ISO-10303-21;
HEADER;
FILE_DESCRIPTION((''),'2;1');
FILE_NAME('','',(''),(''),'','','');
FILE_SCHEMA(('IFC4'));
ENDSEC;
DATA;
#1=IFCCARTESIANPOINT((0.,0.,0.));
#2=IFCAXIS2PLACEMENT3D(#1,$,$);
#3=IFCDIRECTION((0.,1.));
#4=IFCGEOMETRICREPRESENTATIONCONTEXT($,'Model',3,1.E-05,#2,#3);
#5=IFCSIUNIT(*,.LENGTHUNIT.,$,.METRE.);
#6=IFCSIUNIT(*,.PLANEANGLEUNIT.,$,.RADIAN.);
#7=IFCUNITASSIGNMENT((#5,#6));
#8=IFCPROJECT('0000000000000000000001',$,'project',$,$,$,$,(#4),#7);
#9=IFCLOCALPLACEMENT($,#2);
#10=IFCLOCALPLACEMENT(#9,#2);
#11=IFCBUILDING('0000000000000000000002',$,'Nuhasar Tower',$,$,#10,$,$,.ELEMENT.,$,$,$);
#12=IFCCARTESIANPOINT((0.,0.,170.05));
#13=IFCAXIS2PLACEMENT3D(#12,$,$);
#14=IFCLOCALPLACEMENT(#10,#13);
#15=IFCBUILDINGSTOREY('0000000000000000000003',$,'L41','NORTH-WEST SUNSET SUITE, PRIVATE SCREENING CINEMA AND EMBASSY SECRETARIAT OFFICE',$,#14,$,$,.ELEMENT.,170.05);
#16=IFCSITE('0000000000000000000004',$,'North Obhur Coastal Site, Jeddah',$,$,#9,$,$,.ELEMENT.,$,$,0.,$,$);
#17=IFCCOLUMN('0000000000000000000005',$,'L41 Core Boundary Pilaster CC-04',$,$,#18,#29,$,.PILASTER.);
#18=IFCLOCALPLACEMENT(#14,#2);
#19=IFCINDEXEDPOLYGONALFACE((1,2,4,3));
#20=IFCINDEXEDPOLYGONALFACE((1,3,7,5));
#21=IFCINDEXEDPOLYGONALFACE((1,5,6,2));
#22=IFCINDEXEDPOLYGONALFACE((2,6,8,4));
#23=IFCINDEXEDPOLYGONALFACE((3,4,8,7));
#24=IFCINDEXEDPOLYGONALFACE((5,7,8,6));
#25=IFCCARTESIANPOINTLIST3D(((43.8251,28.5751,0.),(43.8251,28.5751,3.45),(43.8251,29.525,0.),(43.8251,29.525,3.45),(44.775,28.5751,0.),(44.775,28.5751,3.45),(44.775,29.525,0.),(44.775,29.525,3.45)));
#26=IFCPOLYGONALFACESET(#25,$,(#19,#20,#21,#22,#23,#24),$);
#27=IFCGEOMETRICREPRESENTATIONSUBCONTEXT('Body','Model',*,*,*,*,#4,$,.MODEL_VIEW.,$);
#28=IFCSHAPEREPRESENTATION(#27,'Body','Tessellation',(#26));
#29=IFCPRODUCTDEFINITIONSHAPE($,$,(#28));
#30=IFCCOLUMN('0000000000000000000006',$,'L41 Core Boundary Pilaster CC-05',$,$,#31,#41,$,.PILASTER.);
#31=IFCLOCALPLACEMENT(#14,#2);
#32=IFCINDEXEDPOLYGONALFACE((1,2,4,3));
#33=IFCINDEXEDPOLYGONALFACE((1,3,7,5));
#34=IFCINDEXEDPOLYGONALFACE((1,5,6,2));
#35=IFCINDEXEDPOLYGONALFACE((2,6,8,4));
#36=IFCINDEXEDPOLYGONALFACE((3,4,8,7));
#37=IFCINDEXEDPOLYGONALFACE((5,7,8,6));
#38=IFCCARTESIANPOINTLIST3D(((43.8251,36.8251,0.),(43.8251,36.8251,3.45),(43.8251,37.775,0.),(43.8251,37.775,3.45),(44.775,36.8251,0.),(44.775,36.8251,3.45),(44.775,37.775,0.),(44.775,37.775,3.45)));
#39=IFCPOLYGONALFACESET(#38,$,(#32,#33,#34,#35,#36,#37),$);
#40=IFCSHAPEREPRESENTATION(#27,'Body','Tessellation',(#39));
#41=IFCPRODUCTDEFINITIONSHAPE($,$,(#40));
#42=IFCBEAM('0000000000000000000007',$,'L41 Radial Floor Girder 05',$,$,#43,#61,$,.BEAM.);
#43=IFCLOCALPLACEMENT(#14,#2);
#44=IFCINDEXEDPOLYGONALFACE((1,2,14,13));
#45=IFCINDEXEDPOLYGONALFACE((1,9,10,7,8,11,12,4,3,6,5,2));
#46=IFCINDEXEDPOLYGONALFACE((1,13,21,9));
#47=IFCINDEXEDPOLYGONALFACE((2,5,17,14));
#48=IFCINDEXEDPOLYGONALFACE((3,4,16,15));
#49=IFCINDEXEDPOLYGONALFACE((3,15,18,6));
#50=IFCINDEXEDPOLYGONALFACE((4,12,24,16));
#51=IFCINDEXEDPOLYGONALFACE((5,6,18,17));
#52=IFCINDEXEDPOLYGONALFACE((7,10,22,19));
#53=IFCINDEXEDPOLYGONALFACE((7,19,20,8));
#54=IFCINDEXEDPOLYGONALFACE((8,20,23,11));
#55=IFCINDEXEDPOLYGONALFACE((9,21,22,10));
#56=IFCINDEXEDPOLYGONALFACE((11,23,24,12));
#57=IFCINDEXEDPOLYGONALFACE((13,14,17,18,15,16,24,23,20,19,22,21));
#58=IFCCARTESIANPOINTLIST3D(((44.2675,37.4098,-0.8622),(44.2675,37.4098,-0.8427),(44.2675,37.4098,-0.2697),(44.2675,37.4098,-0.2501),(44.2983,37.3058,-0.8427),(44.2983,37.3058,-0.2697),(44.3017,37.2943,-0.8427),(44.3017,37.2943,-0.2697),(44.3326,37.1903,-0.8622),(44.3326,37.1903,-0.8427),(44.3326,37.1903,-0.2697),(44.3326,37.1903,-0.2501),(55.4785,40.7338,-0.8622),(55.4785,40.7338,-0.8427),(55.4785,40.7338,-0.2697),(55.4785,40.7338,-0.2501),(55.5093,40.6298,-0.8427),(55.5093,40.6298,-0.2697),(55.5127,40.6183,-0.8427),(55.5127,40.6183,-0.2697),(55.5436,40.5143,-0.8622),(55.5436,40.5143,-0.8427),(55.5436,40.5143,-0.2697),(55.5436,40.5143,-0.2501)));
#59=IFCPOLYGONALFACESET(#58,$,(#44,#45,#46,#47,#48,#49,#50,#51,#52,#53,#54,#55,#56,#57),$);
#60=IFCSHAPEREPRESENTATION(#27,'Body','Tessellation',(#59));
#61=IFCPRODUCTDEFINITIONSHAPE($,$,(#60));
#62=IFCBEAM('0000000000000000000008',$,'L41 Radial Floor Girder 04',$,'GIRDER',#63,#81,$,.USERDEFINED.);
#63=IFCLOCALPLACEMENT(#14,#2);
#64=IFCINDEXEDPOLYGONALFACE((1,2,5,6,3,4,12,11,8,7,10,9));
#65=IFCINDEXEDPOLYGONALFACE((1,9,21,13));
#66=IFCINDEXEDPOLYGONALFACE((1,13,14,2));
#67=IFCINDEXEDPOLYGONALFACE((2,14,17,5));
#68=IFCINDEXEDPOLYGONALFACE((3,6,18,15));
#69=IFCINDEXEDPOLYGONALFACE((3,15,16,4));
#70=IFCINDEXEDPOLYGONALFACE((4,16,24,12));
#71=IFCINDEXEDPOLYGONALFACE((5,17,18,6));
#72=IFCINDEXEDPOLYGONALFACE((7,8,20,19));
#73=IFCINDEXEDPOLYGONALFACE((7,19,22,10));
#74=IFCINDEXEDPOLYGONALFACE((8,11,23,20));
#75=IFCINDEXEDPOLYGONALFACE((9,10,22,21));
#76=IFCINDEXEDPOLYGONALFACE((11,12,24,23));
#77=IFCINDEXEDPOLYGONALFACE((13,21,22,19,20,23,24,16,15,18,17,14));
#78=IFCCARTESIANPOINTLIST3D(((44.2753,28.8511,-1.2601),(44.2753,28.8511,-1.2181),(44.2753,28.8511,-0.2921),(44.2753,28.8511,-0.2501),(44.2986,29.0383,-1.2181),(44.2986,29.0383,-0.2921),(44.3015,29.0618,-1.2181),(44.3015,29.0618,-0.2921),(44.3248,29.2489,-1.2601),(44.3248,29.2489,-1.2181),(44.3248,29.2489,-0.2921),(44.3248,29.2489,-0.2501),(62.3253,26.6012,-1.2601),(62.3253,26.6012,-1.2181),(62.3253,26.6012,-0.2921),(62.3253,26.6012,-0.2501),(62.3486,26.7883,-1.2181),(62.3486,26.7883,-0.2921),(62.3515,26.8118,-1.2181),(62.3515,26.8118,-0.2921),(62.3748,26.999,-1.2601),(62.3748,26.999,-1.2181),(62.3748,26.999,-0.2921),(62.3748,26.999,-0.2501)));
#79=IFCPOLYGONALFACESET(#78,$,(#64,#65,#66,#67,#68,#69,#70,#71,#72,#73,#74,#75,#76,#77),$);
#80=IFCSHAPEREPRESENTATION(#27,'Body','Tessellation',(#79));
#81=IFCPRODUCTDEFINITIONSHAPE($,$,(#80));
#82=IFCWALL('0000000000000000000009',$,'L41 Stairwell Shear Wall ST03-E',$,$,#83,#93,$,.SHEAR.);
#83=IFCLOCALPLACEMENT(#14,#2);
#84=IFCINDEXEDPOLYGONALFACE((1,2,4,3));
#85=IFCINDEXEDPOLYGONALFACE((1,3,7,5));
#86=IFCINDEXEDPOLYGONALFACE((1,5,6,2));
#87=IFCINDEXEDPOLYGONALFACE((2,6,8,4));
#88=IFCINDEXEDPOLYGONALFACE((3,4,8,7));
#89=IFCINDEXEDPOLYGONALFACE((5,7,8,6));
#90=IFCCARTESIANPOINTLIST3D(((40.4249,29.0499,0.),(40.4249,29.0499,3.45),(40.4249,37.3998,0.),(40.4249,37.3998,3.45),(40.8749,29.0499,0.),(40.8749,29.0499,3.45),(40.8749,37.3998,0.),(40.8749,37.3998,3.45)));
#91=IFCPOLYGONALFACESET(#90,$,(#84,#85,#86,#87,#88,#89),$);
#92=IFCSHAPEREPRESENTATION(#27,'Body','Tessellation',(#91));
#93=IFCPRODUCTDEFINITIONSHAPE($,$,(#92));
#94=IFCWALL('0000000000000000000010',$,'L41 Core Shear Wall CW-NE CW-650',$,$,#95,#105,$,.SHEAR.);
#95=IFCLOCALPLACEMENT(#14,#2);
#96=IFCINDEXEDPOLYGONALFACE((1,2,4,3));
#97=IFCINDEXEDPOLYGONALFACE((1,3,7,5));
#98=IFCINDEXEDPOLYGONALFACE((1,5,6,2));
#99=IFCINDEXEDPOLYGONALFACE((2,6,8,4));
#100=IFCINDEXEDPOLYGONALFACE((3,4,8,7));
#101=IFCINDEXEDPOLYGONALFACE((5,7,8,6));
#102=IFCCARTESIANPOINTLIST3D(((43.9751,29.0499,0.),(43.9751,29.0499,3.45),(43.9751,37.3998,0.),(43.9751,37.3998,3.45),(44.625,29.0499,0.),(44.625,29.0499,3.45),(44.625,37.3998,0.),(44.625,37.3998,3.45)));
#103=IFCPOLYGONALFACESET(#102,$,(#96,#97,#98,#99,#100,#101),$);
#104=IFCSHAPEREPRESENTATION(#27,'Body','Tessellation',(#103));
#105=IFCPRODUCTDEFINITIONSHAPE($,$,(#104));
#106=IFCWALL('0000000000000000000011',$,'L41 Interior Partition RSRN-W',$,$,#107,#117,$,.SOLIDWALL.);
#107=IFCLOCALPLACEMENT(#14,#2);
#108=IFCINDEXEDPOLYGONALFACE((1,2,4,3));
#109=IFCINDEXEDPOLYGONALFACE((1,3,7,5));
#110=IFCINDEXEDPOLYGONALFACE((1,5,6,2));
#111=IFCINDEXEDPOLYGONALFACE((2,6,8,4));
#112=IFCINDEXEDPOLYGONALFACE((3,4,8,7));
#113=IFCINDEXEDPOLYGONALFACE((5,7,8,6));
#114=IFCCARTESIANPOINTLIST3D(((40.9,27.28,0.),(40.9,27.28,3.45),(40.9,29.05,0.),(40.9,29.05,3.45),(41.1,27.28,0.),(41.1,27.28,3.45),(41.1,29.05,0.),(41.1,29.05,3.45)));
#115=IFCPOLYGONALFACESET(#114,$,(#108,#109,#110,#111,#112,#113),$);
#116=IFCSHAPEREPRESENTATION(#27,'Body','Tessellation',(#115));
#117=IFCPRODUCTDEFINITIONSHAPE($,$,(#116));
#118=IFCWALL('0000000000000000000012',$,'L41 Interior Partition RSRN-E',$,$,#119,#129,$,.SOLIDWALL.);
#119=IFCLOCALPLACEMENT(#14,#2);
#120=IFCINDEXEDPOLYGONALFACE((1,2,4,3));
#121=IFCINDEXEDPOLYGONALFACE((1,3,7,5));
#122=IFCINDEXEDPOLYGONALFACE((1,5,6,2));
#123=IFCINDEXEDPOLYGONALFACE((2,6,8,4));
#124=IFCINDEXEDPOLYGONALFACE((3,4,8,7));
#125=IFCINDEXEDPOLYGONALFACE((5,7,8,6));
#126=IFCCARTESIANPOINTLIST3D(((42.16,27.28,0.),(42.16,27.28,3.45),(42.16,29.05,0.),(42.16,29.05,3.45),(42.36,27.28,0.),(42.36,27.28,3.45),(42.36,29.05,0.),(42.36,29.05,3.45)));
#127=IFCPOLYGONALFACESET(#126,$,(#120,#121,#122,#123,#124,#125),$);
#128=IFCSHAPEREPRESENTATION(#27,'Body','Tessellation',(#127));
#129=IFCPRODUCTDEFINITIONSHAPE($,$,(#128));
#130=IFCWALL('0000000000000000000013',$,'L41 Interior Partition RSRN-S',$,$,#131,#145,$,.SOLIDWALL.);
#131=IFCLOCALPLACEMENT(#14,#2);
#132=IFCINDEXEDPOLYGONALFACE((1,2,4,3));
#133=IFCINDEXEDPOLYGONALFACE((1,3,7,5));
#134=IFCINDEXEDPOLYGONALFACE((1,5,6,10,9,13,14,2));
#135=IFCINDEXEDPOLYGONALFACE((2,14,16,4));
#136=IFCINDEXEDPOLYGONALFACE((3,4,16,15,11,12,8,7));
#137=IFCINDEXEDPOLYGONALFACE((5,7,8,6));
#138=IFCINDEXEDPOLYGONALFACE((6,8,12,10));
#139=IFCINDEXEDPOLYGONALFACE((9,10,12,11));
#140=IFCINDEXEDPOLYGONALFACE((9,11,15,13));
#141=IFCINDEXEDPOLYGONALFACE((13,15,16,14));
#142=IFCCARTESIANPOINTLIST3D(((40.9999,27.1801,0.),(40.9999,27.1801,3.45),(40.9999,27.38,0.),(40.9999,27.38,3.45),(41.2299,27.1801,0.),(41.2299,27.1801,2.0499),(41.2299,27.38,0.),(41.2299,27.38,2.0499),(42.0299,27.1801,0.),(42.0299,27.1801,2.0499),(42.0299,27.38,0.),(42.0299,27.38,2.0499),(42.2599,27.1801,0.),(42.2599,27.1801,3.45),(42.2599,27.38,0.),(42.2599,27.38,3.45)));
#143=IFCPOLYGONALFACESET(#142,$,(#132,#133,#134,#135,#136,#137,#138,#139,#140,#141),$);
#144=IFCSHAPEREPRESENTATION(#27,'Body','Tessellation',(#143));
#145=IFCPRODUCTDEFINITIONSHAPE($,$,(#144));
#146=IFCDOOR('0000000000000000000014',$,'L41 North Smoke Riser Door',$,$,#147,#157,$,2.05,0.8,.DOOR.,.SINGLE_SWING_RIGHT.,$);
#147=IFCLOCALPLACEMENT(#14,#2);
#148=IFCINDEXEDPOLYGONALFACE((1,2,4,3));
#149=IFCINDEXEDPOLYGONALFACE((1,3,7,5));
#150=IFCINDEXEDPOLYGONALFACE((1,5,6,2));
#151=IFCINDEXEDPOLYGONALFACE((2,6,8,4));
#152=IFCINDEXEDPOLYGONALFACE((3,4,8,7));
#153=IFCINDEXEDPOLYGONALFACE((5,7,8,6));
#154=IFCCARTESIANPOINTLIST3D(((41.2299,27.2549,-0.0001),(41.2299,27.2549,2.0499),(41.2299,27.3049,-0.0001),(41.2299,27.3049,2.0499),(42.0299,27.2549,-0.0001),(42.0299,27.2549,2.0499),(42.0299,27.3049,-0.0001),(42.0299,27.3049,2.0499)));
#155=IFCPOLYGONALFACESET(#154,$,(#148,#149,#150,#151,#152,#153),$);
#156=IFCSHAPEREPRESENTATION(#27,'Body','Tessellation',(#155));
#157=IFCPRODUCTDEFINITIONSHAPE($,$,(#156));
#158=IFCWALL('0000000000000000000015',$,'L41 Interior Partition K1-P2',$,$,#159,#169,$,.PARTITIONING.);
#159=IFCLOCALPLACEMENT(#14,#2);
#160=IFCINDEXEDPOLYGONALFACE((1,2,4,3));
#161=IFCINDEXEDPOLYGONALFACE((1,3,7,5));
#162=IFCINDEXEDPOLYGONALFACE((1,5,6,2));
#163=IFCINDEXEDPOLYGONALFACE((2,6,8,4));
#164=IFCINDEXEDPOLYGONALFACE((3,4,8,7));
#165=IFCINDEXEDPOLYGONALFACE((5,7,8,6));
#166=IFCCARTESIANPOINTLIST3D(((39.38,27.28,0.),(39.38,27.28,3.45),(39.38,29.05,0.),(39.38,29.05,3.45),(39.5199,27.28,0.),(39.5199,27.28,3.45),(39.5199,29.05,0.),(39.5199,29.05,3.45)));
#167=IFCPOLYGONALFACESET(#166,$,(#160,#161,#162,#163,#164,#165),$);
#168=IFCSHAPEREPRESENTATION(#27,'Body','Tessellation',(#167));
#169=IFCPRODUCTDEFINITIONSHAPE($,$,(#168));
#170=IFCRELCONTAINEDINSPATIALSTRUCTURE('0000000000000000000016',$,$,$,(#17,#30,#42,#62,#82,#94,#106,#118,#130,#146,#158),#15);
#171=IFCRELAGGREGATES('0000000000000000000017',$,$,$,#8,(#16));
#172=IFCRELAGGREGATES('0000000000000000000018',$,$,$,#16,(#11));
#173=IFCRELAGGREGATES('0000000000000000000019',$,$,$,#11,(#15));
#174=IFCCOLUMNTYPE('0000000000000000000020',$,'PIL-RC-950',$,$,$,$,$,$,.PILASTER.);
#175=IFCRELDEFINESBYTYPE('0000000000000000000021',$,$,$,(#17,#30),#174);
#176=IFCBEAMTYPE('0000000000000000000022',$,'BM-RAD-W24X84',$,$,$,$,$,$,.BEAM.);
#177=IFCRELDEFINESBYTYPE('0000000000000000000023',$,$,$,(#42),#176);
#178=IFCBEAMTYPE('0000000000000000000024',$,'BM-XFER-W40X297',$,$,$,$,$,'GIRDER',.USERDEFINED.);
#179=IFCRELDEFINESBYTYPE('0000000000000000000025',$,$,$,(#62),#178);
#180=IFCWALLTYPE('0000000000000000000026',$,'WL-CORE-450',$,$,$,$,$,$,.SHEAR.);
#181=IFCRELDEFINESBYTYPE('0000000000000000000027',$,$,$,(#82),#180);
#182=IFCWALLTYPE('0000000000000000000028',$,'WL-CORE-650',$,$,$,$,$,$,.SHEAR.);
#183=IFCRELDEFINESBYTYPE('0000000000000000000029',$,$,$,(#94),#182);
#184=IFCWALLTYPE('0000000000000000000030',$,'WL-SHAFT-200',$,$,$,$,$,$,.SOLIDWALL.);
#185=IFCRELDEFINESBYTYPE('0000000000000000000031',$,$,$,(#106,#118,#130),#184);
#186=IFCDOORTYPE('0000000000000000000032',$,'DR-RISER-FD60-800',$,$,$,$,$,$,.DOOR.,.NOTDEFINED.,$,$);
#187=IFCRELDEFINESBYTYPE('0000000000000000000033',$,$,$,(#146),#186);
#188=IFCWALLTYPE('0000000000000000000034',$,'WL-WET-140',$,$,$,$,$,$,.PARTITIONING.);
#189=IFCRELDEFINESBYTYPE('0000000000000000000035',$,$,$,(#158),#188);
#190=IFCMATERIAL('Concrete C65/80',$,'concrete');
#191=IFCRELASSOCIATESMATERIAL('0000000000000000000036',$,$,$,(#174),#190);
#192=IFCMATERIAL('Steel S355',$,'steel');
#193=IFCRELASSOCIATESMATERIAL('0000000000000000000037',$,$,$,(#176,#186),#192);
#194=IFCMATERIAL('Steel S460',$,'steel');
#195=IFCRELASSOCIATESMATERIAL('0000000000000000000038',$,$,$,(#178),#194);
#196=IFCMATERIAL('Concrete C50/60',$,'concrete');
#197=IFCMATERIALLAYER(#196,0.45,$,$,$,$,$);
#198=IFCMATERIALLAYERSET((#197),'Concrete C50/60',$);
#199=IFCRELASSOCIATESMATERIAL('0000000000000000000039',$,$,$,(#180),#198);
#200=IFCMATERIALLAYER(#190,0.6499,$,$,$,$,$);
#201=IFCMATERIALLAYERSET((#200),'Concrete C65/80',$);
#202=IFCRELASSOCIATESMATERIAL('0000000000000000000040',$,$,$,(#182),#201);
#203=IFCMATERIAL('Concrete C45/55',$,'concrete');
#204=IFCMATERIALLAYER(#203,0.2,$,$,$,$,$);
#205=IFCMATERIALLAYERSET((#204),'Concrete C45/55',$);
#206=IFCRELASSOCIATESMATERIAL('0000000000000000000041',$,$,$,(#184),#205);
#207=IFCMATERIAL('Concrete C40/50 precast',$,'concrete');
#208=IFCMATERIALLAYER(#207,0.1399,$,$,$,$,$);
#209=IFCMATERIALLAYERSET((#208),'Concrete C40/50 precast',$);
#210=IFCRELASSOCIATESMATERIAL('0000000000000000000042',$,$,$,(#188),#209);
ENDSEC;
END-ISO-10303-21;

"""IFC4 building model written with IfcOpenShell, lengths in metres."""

from ifc_helpers import new_model, si_unit, direction, frame, frame_2d, origin, origin_2d, place, context, subcontext, project, spatial, rectangle, i_section, extrude, material, layer, layer_set, material_profile, profile_set, type_object, element, fill, save


model = new_model("IFC4")

# Units and contexts
model_context = context("Model", 3, precision=1e-05, world=origin(), true_north=direction((0.0, 1.0)))
body_context = subcontext(model_context, "Body", "Model", "MODEL_VIEW")
ifc_project = project(units=[si_unit("LENGTHUNIT", "METRE"), si_unit("PLANEANGLEUNIT", "RADIAN")], contexts=[model_context])

# Site, building, storey
site_placement = place(None, origin())
site = spatial("IfcSite", under=ifc_project, at=site_placement, Name="North Obhur Coastal Site, Jeddah", CompositionType="ELEMENT", RefElevation=0.0)
building_placement = place(site_placement, origin())
building = spatial("IfcBuilding", under=site, at=building_placement, Name="Nuhasar Tower", CompositionType="ELEMENT")
storey_placement = place(building_placement, frame((0.0, 0.0, 170.05)))
storey = spatial("IfcBuildingStorey", under=building, at=storey_placement, Name="L41", Description="NORTH-WEST SUNSET SUITE, PRIVATE SCREENING CINEMA AND EMBASSY SECRETARIAT OFFICE", CompositionType="ELEMENT", Elevation=170.05)

# Columns
ifc_material_1 = material(Name="Concrete C65/80", Category="concrete")
ifc_material_profile_1 = material_profile(ifc_material_1, rectangle(XDim=0.95, YDim=0.95, at=origin_2d()), Name="RC950X950")
ifc_profile_set_1 = profile_set([ifc_material_profile_1], Name="Concrete C65/80")
column_type = type_object("IfcColumnType", Name="PIL-RC-950", PredefinedType="PILASTER", material=ifc_profile_set_1)
for number, where, z_axis, x_axis, name in (
    (1, (44.3, 29.05, 0.0), (0.0, 0.0, 1.0), (1.0, 0.0, 0.0), "L41 Core Boundary Pilaster CC-04"),
    (2, (44.3, 37.3, 0.0), (0.0, 0.0, 1.0), (1.0, 0.0, 0.0), "L41 Core Boundary Pilaster CC-05"),
):
    element("IfcColumn", number, at=place(storey_placement, frame(where, z_axis=z_axis, x_axis=x_axis)), inside=storey, type_object=column_type, Name=name, PredefinedType="PILASTER", context=body_context, shape_type="SweptSolid", body=[
        extrude(rectangle(XDim=0.95, YDim=0.95, at=origin_2d()), origin(), (0.0, 0.0, 1.0), 3.45),
    ])

# Beams
ifc_material_2 = material(Name="Steel S355", Category="steel")
ifc_material_profile_2 = material_profile(ifc_material_2, i_section(OverallWidth=0.229, OverallDepth=0.6121, WebThickness=0.012, FlangeThickness=0.0195, at=origin_2d()), Name="W24X84")
ifc_profile_set_2 = profile_set([ifc_material_profile_2], Name="Steel S355")
beam_type_1 = type_object("IfcBeamType", Name="BM-RAD-W24X84", PredefinedType="BEAM", material=ifc_profile_set_2)
beam_1_placement = place(storey_placement, frame((44.3, 37.3, -0.5562), z_axis=(0.958746, 0.284262, 0.0), x_axis=(-0.284262, 0.958746, 0.0)))
element("IfcBeam", 3, at=beam_1_placement, inside=storey, type_object=beam_type_1, Name="L41 Radial Floor Girder 05", PredefinedType="BEAM", context=body_context, shape_type="SweptSolid", body=[
    extrude(i_section(OverallWidth=0.229, OverallDepth=0.6121, WebThickness=0.012, FlangeThickness=0.0195, at=origin_2d()), origin(), (0.0, 0.0, 1.0), 11.6934),
])
ifc_material_3 = material(Name="Steel S460", Category="steel")
ifc_material_profile_3 = material_profile(ifc_material_3, i_section(OverallWidth=0.4009, OverallDepth=1.01, WebThickness=0.0237, FlangeThickness=0.042, at=origin_2d()), Name="W40X297")
ifc_profile_set_3 = profile_set([ifc_material_profile_3], Name="Steel S460")
beam_type_2 = type_object("IfcBeamType", Name="BM-XFER-W40X297", ElementType="GIRDER", PredefinedType="USERDEFINED", material=ifc_profile_set_3)
beam_2_placement = place(storey_placement, frame((44.3, 29.05, -0.7551), z_axis=(0.99232, -0.123696, 0.0), x_axis=(0.123696, 0.99232, 0.0)))
element("IfcBeam", 4, at=beam_2_placement, inside=storey, type_object=beam_type_2, Name="L41 Radial Floor Girder 04", ObjectType="GIRDER", PredefinedType="USERDEFINED", context=body_context, shape_type="SweptSolid", body=[
    extrude(i_section(OverallWidth=0.4009, OverallDepth=1.01, WebThickness=0.0237, FlangeThickness=0.042, at=origin_2d()), origin(), (0.0, 0.0, 1.0), 18.1897),
])

# Shared definitions
ifc_material_4 = material(Name="Concrete C50/60", Category="concrete")
ifc_layer_1 = layer(ifc_material_4, 0.45)
ifc_layer_set_1 = layer_set([ifc_layer_1], Name="Concrete C50/60")
wall_type_1 = type_object("IfcWallType", Name="WL-CORE-450", PredefinedType="SHEAR", material=ifc_layer_set_1)

# Walls
wall_1_placement = place(storey_placement, frame((40.6499, 29.05, 0.0), z_axis=(0.0, 0.0, 1.0), x_axis=(0.0, 1.0, 0.0)))
element("IfcWall", 5, at=wall_1_placement, inside=storey, type_object=wall_type_1, Name="L41 Stairwell Shear Wall ST03-E", PredefinedType="SHEAR", context=body_context, shape_type="SweptSolid", body=[
    extrude(rectangle(XDim=8.3499, YDim=0.45, at=frame_2d((4.1748, 0.0))), origin(), (0.0, 0.0, 1.0), 3.45),
])
ifc_layer_2 = layer(ifc_material_1, 0.6499)
ifc_layer_set_2 = layer_set([ifc_layer_2], Name="Concrete C65/80")
wall_type_2 = type_object("IfcWallType", Name="WL-CORE-650", PredefinedType="SHEAR", material=ifc_layer_set_2)
wall_2_placement = place(storey_placement, frame((44.3, 29.05, 0.0), z_axis=(0.0, 0.0, 1.0), x_axis=(0.0, 1.0, 0.0)))
element("IfcWall", 6, at=wall_2_placement, inside=storey, type_object=wall_type_2, Name="L41 Core Shear Wall CW-NE CW-650", PredefinedType="SHEAR", context=body_context, shape_type="SweptSolid", body=[
    extrude(rectangle(XDim=8.3499, YDim=0.6499, at=frame_2d((4.1748, 0.0))), origin(), (0.0, 0.0, 1.0), 3.45),
])
ifc_material_5 = material(Name="Concrete C45/55", Category="concrete")
ifc_layer_3 = layer(ifc_material_5, 0.2)
ifc_layer_set_3 = layer_set([ifc_layer_3], Name="Concrete C45/55")
wall_type_3 = type_object("IfcWallType", Name="WL-SHAFT-200", PredefinedType="SOLIDWALL", material=ifc_layer_set_3)
for number, where, z_axis, x_axis, name in (
    (7, (41.0, 27.28, 0.0), (0.0, 0.0, 1.0), (0.0, 1.0, 0.0), "L41 Interior Partition RSRN-W"),
    (8, (42.26, 27.28, 0.0), (0.0, 0.0, 1.0), (0.0, 1.0, 0.0), "L41 Interior Partition RSRN-E"),
):
    element("IfcWall", number, at=place(storey_placement, frame(where, z_axis=z_axis, x_axis=x_axis)), inside=storey, type_object=wall_type_3, Name=name, PredefinedType="SOLIDWALL", context=body_context, shape_type="SweptSolid", body=[
        extrude(rectangle(XDim=1.77, YDim=0.2, at=frame_2d((0.885, 0.0))), origin(), (0.0, 0.0, 1.0), 3.45),
    ])

# Wall, opening, door
wall_3_placement = place(storey_placement, frame((41.0, 27.28, 0.0), z_axis=(0.0, 0.0, 1.0), x_axis=(1.0, 0.0, 0.0)))
wall_3 = element("IfcWall", 9, at=wall_3_placement, inside=storey, type_object=wall_type_3, Name="L41 Interior Partition RSRN-S", PredefinedType="SOLIDWALL", context=body_context, shape_type="SweptSolid", body=[
    extrude(rectangle(XDim=1.26, YDim=0.2, at=frame_2d((0.6299, 0.0))), origin(), (0.0, 0.0, 1.0), 3.45),
])
opening_1_placement = place(wall_3_placement, frame((0.23, 0.0, 0.0)))
opening_1 = element("IfcOpeningElement", 10, at=opening_1_placement, cuts=wall_3, PredefinedType="OPENING", context=body_context, shape_type="SweptSolid", body=[
    extrude(rectangle(XDim=0.8, YDim=2.05, at=frame_2d((0.3999, 1.0249))), frame((0.0, 0.1099, 0.0), z_axis=(0.0, -1.0, 0.0), x_axis=(1.0, 0.0, 0.0)), (0.0, 0.0, 1.0), 0.22),
])
door_type_1 = type_object("IfcDoorType", Name="DR-RISER-FD60-800", OperationType="NOTDEFINED", PredefinedType="DOOR", material=ifc_material_2)
door_1_placement = place(opening_1_placement, origin())
door_1 = element("IfcDoor", 11, at=door_1_placement, inside=storey, type_object=door_type_1, Name="L41 North Smoke Riser Door", OperationType="SINGLE_SWING_RIGHT", OverallHeight=2.05, OverallWidth=0.8, PredefinedType="DOOR", context=body_context, shape_type="SweptSolid", body=[
    extrude(rectangle(XDim=0.8, YDim=2.05, at=frame_2d((0.3999, 1.0249))), frame((0.0, 0.0249, 0.0), z_axis=(0.0, -1.0, 0.0), x_axis=(1.0, 0.0, 0.0)), (0.0, 0.0, 1.0), 0.05),
])
fill(opening_1, door_1)

# Wall
ifc_material_6 = material(Name="Concrete C40/50 precast", Category="concrete")
ifc_layer_4 = layer(ifc_material_6, 0.1399)
ifc_layer_set_4 = layer_set([ifc_layer_4], Name="Concrete C40/50 precast")
wall_type_4 = type_object("IfcWallType", Name="WL-WET-140", PredefinedType="PARTITIONING", material=ifc_layer_set_4)
wall_4_placement = place(storey_placement, frame((39.45, 27.28, 0.0), z_axis=(0.0, 0.0, 1.0), x_axis=(0.0, 1.0, 0.0)))
element("IfcWall", 12, at=wall_4_placement, inside=storey, type_object=wall_type_4, Name="L41 Interior Partition K1-P2", PredefinedType="PARTITIONING", context=body_context, shape_type="SweptSolid", body=[
    extrude(rectangle(XDim=1.77, YDim=0.1399, at=frame_2d((0.885, 0.0))), origin(), (0.0, 0.0, 1.0), 3.45),
])

save(model, "model.ifc")
